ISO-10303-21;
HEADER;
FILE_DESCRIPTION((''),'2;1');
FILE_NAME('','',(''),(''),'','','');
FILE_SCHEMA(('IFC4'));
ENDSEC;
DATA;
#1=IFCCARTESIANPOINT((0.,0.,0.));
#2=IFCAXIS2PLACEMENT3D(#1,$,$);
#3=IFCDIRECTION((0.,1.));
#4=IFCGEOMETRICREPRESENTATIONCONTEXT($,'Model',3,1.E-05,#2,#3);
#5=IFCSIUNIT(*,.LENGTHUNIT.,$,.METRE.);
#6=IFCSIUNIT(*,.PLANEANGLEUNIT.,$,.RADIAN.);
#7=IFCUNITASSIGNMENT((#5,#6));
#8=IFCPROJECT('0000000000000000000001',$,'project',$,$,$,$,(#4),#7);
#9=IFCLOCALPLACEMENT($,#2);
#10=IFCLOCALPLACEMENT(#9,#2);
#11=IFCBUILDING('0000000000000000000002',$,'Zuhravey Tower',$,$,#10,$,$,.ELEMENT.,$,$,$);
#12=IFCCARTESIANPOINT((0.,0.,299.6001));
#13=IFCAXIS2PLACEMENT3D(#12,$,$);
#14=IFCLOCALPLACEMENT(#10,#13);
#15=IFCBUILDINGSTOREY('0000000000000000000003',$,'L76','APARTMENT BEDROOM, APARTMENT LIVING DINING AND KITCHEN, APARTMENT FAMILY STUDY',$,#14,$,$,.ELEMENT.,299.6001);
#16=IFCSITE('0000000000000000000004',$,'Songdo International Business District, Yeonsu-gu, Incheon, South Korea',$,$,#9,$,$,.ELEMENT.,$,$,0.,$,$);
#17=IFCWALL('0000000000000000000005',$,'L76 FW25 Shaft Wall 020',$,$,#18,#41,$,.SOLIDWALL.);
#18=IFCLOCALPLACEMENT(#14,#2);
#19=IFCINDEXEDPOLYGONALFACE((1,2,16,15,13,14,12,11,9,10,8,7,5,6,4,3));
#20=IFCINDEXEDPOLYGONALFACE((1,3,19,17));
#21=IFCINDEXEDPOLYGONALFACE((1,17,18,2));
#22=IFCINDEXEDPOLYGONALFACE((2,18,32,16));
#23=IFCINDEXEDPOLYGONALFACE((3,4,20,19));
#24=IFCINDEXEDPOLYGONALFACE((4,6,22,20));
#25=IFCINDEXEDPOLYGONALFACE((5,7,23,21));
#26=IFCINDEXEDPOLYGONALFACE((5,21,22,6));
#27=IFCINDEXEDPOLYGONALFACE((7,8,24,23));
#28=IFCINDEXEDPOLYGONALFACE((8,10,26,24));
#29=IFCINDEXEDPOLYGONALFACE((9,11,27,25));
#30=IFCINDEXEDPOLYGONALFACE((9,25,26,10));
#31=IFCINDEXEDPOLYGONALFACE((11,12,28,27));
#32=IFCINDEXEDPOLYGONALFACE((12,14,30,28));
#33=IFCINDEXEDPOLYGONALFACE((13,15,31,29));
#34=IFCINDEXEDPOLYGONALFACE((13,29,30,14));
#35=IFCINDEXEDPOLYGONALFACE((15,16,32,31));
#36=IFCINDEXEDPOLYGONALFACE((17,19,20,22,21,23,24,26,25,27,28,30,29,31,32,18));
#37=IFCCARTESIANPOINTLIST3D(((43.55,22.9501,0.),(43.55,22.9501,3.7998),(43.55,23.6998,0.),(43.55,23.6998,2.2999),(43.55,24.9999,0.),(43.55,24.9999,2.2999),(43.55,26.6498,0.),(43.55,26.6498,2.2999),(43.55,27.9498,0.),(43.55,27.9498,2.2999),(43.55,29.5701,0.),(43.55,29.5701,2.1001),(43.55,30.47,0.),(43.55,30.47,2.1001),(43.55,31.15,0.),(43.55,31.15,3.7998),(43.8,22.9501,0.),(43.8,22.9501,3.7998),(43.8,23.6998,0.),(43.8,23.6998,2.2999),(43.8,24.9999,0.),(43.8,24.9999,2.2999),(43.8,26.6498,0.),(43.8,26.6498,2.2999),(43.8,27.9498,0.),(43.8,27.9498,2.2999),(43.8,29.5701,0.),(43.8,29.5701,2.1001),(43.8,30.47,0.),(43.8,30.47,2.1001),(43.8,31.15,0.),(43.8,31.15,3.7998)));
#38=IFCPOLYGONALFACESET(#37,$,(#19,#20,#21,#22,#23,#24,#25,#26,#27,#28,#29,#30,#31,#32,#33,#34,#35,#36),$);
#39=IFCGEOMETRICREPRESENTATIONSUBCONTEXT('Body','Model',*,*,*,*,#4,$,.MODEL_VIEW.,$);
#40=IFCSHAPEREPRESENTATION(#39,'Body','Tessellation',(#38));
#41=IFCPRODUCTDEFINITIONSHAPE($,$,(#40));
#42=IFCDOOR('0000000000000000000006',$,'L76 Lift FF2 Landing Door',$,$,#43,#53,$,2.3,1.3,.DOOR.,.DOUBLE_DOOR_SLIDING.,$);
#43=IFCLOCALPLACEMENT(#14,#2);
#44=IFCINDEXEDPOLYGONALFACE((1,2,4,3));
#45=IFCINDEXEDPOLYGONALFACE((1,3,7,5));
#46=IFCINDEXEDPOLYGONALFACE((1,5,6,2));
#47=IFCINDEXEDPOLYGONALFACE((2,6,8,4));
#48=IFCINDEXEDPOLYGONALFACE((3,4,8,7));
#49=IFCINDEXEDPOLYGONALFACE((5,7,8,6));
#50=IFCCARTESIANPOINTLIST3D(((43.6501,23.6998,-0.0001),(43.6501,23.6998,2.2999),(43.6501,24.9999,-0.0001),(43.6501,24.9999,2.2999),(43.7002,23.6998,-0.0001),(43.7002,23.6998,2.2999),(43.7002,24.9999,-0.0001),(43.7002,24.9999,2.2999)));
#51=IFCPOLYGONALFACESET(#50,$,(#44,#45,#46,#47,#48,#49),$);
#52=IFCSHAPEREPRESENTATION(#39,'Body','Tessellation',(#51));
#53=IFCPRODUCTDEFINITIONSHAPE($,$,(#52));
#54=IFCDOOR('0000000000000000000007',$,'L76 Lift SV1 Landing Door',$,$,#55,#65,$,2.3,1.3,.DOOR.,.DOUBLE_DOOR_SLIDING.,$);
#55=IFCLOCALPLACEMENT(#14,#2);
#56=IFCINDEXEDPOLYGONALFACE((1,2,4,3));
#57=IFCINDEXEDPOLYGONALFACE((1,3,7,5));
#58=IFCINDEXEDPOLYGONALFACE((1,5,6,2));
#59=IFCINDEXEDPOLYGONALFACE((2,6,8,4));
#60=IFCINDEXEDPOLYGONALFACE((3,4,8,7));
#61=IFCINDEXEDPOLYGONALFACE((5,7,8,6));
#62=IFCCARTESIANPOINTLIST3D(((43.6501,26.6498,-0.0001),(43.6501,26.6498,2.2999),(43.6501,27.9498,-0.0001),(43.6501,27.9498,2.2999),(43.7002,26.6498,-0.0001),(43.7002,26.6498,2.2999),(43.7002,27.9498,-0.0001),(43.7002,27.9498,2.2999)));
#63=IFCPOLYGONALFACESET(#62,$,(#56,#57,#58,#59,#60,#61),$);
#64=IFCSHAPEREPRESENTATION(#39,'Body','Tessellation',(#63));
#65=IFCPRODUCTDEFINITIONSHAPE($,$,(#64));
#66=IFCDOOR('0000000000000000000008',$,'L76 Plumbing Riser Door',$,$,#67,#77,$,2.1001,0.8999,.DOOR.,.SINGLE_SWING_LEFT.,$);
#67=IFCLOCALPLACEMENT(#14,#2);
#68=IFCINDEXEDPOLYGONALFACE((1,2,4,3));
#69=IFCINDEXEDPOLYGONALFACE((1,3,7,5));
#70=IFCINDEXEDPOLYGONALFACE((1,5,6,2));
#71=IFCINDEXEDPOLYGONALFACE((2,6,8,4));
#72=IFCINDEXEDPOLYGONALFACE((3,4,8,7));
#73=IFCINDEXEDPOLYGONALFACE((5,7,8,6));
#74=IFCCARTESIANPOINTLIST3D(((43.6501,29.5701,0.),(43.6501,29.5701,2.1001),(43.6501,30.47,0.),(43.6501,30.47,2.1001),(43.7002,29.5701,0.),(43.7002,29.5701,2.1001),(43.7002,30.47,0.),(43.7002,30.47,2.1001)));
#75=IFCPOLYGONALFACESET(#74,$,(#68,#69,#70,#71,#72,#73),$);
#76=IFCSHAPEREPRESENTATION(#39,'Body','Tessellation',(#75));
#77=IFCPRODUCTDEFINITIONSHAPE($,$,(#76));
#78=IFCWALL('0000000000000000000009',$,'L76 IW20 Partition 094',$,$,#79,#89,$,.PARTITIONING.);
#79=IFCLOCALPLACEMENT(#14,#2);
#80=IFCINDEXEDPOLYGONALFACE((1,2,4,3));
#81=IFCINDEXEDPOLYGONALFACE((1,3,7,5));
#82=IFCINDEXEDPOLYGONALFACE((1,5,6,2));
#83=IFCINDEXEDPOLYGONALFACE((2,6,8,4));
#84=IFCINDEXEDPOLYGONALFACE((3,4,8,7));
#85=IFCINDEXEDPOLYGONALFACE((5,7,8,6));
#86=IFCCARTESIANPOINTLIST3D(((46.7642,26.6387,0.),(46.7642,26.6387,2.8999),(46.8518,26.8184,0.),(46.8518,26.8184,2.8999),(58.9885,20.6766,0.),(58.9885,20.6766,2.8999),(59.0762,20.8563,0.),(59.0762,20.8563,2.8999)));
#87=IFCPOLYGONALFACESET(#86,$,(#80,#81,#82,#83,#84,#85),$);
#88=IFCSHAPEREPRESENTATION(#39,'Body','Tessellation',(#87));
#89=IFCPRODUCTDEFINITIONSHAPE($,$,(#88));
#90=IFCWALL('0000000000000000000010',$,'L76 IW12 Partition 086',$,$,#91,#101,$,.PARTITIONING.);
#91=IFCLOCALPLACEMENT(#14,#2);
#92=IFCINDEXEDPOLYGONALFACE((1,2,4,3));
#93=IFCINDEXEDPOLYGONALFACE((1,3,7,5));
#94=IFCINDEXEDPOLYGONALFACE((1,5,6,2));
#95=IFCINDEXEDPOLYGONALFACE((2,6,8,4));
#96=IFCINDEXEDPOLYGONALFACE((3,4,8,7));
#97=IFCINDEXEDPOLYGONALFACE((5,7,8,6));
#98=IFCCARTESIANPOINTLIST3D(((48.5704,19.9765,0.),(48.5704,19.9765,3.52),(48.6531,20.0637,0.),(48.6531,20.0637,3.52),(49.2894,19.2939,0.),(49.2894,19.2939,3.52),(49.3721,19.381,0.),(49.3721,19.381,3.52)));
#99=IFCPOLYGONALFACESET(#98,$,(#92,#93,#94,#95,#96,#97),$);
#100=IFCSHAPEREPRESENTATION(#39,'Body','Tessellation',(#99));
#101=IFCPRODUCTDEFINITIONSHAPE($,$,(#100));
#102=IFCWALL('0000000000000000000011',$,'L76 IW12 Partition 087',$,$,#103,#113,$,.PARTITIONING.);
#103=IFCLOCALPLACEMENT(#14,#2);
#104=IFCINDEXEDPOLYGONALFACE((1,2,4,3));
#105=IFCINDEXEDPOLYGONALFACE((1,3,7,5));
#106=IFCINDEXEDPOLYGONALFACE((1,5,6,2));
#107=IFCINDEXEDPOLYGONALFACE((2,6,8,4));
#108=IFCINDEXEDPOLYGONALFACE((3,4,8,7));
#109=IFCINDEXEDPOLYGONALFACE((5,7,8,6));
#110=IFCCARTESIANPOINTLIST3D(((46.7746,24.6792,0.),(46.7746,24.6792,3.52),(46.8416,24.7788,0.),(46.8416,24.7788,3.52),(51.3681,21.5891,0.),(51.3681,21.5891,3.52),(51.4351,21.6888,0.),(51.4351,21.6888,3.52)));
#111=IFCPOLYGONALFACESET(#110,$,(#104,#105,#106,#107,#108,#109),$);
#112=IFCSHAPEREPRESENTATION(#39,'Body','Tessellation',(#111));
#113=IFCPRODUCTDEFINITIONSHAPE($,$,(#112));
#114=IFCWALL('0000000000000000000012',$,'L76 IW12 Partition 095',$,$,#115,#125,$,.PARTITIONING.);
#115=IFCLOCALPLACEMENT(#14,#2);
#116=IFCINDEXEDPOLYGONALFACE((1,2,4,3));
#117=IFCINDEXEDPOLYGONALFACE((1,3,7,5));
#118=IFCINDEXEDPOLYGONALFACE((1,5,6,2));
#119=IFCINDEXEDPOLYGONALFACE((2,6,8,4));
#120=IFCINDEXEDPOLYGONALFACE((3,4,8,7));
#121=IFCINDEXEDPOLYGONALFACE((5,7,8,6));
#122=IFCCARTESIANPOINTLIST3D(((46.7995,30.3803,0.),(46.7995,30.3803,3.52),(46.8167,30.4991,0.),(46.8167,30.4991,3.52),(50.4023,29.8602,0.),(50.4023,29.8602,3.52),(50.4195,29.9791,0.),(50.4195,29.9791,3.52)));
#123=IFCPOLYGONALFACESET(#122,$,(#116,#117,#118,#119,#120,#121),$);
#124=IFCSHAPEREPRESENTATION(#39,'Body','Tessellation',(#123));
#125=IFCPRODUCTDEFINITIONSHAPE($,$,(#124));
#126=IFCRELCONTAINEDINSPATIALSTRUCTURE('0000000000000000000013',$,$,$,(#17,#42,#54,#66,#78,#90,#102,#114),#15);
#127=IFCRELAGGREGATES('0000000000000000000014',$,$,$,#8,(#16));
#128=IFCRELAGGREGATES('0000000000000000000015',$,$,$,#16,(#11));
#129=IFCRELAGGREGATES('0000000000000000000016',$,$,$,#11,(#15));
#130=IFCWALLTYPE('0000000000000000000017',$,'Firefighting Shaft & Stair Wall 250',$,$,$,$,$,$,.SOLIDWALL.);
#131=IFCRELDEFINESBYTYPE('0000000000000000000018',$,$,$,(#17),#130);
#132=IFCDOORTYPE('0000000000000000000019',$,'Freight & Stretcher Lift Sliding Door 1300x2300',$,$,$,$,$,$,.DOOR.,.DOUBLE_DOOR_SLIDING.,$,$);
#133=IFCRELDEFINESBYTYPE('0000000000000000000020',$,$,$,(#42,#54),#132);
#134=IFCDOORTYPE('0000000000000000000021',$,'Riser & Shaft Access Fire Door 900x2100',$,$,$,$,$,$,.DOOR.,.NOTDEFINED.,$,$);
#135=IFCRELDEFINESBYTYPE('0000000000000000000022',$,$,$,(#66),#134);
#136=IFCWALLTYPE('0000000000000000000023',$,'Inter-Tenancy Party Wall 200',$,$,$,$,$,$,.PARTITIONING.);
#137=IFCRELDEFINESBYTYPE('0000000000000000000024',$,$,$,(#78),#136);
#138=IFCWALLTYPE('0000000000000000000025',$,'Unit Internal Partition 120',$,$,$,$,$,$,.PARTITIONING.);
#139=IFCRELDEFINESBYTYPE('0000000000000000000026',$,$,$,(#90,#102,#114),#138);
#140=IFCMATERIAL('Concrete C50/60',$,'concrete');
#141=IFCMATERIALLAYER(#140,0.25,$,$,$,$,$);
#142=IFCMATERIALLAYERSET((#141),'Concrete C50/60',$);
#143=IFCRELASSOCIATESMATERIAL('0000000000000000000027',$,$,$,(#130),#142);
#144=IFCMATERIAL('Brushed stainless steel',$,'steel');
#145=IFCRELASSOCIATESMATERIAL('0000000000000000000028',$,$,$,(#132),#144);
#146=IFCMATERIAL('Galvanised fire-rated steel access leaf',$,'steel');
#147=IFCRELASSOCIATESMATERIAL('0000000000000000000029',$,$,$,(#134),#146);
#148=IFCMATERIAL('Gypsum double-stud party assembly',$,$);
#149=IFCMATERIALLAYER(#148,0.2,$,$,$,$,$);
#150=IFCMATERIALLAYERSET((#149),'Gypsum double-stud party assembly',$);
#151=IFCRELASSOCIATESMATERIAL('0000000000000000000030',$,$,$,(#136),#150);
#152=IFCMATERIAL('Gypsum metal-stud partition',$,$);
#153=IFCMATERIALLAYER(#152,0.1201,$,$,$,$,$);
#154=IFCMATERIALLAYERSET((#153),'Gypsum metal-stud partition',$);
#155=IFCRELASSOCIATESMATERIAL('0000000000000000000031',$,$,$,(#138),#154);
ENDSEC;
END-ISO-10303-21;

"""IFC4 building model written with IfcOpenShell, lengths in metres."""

from ifc_helpers import new_model, si_unit, direction, frame, frame_2d, origin, place, context, subcontext, project, spatial, rectangle, extrude, material, layer, layer_set, type_object, element, fill, save


model = new_model("IFC4")

# Units and contexts
model_context = context("Model", 3, precision=1e-05, world=origin(), true_north=direction((0.0, 1.0)))
body_context = subcontext(model_context, "Body", "Model", "MODEL_VIEW")
ifc_project = project(units=[si_unit("LENGTHUNIT", "METRE"), si_unit("PLANEANGLEUNIT", "RADIAN")], contexts=[model_context])

# Site, building, storey
site_placement = place(None, origin())
site = spatial("IfcSite", under=ifc_project, at=site_placement, Name="Songdo International Business District, Yeonsu-gu, Incheon, South Korea", CompositionType="ELEMENT", RefElevation=0.0)
building_placement = place(site_placement, origin())
building = spatial("IfcBuilding", under=site, at=building_placement, Name="Zuhravey Tower", CompositionType="ELEMENT")
storey_placement = place(building_placement, frame((0.0, 0.0, 299.6001)))
storey = spatial("IfcBuildingStorey", under=building, at=storey_placement, Name="L76", Description="APARTMENT BEDROOM, APARTMENT LIVING DINING AND KITCHEN, APARTMENT FAMILY STUDY", CompositionType="ELEMENT", Elevation=299.6001)

# Shared definitions
ifc_material_1 = material(Name="Concrete C50/60", Category="concrete")

# Shared definitions
ifc_layer_1 = layer(ifc_material_1, 0.25)
ifc_layer_set_1 = layer_set([ifc_layer_1], Name="Concrete C50/60")
wall_type_1 = type_object("IfcWallType", Name="Firefighting Shaft & Stair Wall 250", PredefinedType="SOLIDWALL", material=ifc_layer_set_1)

# Wall, openings, doors
wall_1_placement = place(storey_placement, frame((43.675, 22.95, 0.0), z_axis=(0.0, 0.0, 1.0), x_axis=(0.0, 1.0, 0.0)))
wall_1 = element("IfcWall", 1, at=wall_1_placement, inside=storey, type_object=wall_type_1, Name="L76 FW25 Shaft Wall 020", PredefinedType="SOLIDWALL", context=body_context, shape_type="SweptSolid", body=[
    extrude(rectangle(XDim=8.2, YDim=0.25, at=frame_2d((4.1001, 0.0))), origin(), (0.0, 0.0, 1.0), 3.7998),
])
opening_1_placement = place(wall_1_placement, frame((0.75, 0.0, 0.0)))
opening_1 = element("IfcOpeningElement", 2, at=opening_1_placement, cuts=wall_1, PredefinedType="OPENING", context=body_context, shape_type="SweptSolid", body=[
    extrude(rectangle(XDim=1.3, YDim=2.3, at=frame_2d((0.6499, 1.1499))), frame((0.0, 0.137, 0.0), z_axis=(0.0, -1.0, 0.0), x_axis=(1.0, 0.0, 0.0)), (0.0, 0.0, 1.0), 0.2739),
])
opening_2_placement = place(wall_1_placement, frame((3.7, 0.0, 0.0)))
opening_2 = element("IfcOpeningElement", 3, at=opening_2_placement, cuts=wall_1, PredefinedType="OPENING", context=body_context, shape_type="SweptSolid", body=[
    extrude(rectangle(XDim=1.3, YDim=2.3, at=frame_2d((0.6499, 1.1499))), frame((0.0, 0.137, 0.0), z_axis=(0.0, -1.0, 0.0), x_axis=(1.0, 0.0, 0.0)), (0.0, 0.0, 1.0), 0.2739),
])
opening_3_placement = place(wall_1_placement, frame((6.6201, 0.0, 0.0)))
opening_3 = element("IfcOpeningElement", 4, at=opening_3_placement, cuts=wall_1, PredefinedType="OPENING", context=body_context, shape_type="SweptSolid", body=[
    extrude(rectangle(XDim=0.8999, YDim=2.1001, at=frame_2d((0.45, 1.05))), frame((0.0, 0.137, 0.0), z_axis=(0.0, -1.0, 0.0), x_axis=(1.0, 0.0, 0.0)), (0.0, 0.0, 1.0), 0.2739),
])
ifc_material_2 = material(Name="Brushed stainless steel", Category="steel")
door_type_1 = type_object("IfcDoorType", Name="Freight & Stretcher Lift Sliding Door 1300x2300", OperationType="DOUBLE_DOOR_SLIDING", PredefinedType="DOOR", material=ifc_material_2)
door_1_placement = place(opening_1_placement, origin())
door_1 = element("IfcDoor", 5, at=door_1_placement, inside=storey, type_object=door_type_1, Name="L76 Lift FF2 Landing Door", OperationType="DOUBLE_DOOR_SLIDING", OverallHeight=2.3, OverallWidth=1.3, PredefinedType="DOOR", context=body_context, shape_type="SweptSolid", body=[
    extrude(rectangle(XDim=1.3, YDim=2.3, at=frame_2d((0.6499, 1.1499))), frame((0.0, 0.0249, 0.0), z_axis=(0.0, -1.0, 0.0), x_axis=(1.0, 0.0, 0.0)), (0.0, 0.0, 1.0), 0.05),
])
fill(opening_1, door_1)
door_2_placement = place(opening_2_placement, origin())
door_2 = element("IfcDoor", 6, at=door_2_placement, inside=storey, type_object=door_type_1, Name="L76 Lift SV1 Landing Door", OperationType="DOUBLE_DOOR_SLIDING", OverallHeight=2.3, OverallWidth=1.3, PredefinedType="DOOR", context=body_context, shape_type="SweptSolid", body=[
    extrude(rectangle(XDim=1.3, YDim=2.3, at=frame_2d((0.6499, 1.1499))), frame((0.0, 0.0249, 0.0), z_axis=(0.0, -1.0, 0.0), x_axis=(1.0, 0.0, 0.0)), (0.0, 0.0, 1.0), 0.05),
])
fill(opening_2, door_2)
ifc_material_3 = material(Name="Galvanised fire-rated steel access leaf", Category="steel")
door_type_2 = type_object("IfcDoorType", Name="Riser & Shaft Access Fire Door 900x2100", OperationType="NOTDEFINED", PredefinedType="DOOR", material=ifc_material_3)
door_3_placement = place(opening_3_placement, origin())
door_3 = element("IfcDoor", 7, at=door_3_placement, inside=storey, type_object=door_type_2, Name="L76 Plumbing Riser Door", OperationType="SINGLE_SWING_LEFT", OverallHeight=2.1001, OverallWidth=0.8999, PredefinedType="DOOR", context=body_context, shape_type="SweptSolid", body=[
    extrude(rectangle(XDim=0.8999, YDim=2.1001, at=frame_2d((0.45, 1.05))), frame((0.0, 0.0249, 0.0), z_axis=(0.0, -1.0, 0.0), x_axis=(1.0, 0.0, 0.0)), (0.0, 0.0, 1.0), 0.05),
])
fill(opening_3, door_3)

# Walls
ifc_material_4 = material(Name="Gypsum double-stud party assembly")
ifc_layer_2 = layer(ifc_material_4, 0.2)
ifc_layer_set_2 = layer_set([ifc_layer_2], Name="Gypsum double-stud party assembly")
wall_type_2 = type_object("IfcWallType", Name="Inter-Tenancy Party Wall 200", PredefinedType="PARTITIONING", material=ifc_layer_set_2)
wall_2_placement = place(storey_placement, frame((46.8081, 26.7285, 0.0), z_axis=(0.0, 0.0, 1.0), x_axis=(0.898796, -0.438367, 0.0)))
element("IfcWall", 8, at=wall_2_placement, inside=storey, type_object=wall_type_2, Name="L76 IW20 Partition 094", PredefinedType="PARTITIONING", context=body_context, shape_type="SweptSolid", body=[
    extrude(rectangle(XDim=13.6008, YDim=0.2, at=frame_2d((6.8003, 0.0))), origin(), (0.0, 0.0, 1.0), 2.8999),
])
ifc_material_5 = material(Name="Gypsum metal-stud partition")
ifc_layer_3 = layer(ifc_material_5, 0.1201)
ifc_layer_set_3 = layer_set([ifc_layer_3], Name="Gypsum metal-stud partition")
wall_type_3 = type_object("IfcWallType", Name="Unit Internal Partition 120", PredefinedType="PARTITIONING", material=ifc_layer_set_3)
wall_3_placement = place(storey_placement, frame((48.6118, 20.02, 0.0), z_axis=(0.0, 0.0, 1.0), x_axis=(0.725215, -0.688523, 0.0)))
element("IfcWall", 9, at=wall_3_placement, inside=storey, type_object=wall_type_3, Name="L76 IW12 Partition 086", PredefinedType="PARTITIONING", context=body_context, shape_type="SweptSolid", body=[
    extrude(rectangle(XDim=0.9915, YDim=0.1201, at=frame_2d((0.4956, 0.0))), origin(), (0.0, 0.0, 1.0), 3.52),
])
wall_4_placement = place(storey_placement, frame((46.8081, 24.729, 0.0), z_axis=(0.0, 0.0, 1.0), x_axis=(0.82973, -0.558166, 0.0)))
element("IfcWall", 10, at=wall_4_placement, inside=storey, type_object=wall_type_3, Name="L76 IW12 Partition 087", PredefinedType="PARTITIONING", context=body_context, shape_type="SweptSolid", body=[
    extrude(rectangle(XDim=5.5361, YDim=0.1201, at=frame_2d((2.7681, 0.0))), origin(), (0.0, 0.0, 1.0), 3.52),
])
wall_5_placement = place(storey_placement, frame((46.8081, 30.4397, 0.0), z_axis=(0.0, 0.0, 1.0), x_axis=(0.989743, -0.142858, 0.0)))
element("IfcWall", 11, at=wall_5_placement, inside=storey, type_object=wall_type_3, Name="L76 IW12 Partition 095", PredefinedType="PARTITIONING", context=body_context, shape_type="SweptSolid", body=[
    extrude(rectangle(XDim=3.6401, YDim=0.1201, at=frame_2d((1.8201, 0.0))), origin(), (0.0, 0.0, 1.0), 3.52),
])

save(model, "model.ifc")
